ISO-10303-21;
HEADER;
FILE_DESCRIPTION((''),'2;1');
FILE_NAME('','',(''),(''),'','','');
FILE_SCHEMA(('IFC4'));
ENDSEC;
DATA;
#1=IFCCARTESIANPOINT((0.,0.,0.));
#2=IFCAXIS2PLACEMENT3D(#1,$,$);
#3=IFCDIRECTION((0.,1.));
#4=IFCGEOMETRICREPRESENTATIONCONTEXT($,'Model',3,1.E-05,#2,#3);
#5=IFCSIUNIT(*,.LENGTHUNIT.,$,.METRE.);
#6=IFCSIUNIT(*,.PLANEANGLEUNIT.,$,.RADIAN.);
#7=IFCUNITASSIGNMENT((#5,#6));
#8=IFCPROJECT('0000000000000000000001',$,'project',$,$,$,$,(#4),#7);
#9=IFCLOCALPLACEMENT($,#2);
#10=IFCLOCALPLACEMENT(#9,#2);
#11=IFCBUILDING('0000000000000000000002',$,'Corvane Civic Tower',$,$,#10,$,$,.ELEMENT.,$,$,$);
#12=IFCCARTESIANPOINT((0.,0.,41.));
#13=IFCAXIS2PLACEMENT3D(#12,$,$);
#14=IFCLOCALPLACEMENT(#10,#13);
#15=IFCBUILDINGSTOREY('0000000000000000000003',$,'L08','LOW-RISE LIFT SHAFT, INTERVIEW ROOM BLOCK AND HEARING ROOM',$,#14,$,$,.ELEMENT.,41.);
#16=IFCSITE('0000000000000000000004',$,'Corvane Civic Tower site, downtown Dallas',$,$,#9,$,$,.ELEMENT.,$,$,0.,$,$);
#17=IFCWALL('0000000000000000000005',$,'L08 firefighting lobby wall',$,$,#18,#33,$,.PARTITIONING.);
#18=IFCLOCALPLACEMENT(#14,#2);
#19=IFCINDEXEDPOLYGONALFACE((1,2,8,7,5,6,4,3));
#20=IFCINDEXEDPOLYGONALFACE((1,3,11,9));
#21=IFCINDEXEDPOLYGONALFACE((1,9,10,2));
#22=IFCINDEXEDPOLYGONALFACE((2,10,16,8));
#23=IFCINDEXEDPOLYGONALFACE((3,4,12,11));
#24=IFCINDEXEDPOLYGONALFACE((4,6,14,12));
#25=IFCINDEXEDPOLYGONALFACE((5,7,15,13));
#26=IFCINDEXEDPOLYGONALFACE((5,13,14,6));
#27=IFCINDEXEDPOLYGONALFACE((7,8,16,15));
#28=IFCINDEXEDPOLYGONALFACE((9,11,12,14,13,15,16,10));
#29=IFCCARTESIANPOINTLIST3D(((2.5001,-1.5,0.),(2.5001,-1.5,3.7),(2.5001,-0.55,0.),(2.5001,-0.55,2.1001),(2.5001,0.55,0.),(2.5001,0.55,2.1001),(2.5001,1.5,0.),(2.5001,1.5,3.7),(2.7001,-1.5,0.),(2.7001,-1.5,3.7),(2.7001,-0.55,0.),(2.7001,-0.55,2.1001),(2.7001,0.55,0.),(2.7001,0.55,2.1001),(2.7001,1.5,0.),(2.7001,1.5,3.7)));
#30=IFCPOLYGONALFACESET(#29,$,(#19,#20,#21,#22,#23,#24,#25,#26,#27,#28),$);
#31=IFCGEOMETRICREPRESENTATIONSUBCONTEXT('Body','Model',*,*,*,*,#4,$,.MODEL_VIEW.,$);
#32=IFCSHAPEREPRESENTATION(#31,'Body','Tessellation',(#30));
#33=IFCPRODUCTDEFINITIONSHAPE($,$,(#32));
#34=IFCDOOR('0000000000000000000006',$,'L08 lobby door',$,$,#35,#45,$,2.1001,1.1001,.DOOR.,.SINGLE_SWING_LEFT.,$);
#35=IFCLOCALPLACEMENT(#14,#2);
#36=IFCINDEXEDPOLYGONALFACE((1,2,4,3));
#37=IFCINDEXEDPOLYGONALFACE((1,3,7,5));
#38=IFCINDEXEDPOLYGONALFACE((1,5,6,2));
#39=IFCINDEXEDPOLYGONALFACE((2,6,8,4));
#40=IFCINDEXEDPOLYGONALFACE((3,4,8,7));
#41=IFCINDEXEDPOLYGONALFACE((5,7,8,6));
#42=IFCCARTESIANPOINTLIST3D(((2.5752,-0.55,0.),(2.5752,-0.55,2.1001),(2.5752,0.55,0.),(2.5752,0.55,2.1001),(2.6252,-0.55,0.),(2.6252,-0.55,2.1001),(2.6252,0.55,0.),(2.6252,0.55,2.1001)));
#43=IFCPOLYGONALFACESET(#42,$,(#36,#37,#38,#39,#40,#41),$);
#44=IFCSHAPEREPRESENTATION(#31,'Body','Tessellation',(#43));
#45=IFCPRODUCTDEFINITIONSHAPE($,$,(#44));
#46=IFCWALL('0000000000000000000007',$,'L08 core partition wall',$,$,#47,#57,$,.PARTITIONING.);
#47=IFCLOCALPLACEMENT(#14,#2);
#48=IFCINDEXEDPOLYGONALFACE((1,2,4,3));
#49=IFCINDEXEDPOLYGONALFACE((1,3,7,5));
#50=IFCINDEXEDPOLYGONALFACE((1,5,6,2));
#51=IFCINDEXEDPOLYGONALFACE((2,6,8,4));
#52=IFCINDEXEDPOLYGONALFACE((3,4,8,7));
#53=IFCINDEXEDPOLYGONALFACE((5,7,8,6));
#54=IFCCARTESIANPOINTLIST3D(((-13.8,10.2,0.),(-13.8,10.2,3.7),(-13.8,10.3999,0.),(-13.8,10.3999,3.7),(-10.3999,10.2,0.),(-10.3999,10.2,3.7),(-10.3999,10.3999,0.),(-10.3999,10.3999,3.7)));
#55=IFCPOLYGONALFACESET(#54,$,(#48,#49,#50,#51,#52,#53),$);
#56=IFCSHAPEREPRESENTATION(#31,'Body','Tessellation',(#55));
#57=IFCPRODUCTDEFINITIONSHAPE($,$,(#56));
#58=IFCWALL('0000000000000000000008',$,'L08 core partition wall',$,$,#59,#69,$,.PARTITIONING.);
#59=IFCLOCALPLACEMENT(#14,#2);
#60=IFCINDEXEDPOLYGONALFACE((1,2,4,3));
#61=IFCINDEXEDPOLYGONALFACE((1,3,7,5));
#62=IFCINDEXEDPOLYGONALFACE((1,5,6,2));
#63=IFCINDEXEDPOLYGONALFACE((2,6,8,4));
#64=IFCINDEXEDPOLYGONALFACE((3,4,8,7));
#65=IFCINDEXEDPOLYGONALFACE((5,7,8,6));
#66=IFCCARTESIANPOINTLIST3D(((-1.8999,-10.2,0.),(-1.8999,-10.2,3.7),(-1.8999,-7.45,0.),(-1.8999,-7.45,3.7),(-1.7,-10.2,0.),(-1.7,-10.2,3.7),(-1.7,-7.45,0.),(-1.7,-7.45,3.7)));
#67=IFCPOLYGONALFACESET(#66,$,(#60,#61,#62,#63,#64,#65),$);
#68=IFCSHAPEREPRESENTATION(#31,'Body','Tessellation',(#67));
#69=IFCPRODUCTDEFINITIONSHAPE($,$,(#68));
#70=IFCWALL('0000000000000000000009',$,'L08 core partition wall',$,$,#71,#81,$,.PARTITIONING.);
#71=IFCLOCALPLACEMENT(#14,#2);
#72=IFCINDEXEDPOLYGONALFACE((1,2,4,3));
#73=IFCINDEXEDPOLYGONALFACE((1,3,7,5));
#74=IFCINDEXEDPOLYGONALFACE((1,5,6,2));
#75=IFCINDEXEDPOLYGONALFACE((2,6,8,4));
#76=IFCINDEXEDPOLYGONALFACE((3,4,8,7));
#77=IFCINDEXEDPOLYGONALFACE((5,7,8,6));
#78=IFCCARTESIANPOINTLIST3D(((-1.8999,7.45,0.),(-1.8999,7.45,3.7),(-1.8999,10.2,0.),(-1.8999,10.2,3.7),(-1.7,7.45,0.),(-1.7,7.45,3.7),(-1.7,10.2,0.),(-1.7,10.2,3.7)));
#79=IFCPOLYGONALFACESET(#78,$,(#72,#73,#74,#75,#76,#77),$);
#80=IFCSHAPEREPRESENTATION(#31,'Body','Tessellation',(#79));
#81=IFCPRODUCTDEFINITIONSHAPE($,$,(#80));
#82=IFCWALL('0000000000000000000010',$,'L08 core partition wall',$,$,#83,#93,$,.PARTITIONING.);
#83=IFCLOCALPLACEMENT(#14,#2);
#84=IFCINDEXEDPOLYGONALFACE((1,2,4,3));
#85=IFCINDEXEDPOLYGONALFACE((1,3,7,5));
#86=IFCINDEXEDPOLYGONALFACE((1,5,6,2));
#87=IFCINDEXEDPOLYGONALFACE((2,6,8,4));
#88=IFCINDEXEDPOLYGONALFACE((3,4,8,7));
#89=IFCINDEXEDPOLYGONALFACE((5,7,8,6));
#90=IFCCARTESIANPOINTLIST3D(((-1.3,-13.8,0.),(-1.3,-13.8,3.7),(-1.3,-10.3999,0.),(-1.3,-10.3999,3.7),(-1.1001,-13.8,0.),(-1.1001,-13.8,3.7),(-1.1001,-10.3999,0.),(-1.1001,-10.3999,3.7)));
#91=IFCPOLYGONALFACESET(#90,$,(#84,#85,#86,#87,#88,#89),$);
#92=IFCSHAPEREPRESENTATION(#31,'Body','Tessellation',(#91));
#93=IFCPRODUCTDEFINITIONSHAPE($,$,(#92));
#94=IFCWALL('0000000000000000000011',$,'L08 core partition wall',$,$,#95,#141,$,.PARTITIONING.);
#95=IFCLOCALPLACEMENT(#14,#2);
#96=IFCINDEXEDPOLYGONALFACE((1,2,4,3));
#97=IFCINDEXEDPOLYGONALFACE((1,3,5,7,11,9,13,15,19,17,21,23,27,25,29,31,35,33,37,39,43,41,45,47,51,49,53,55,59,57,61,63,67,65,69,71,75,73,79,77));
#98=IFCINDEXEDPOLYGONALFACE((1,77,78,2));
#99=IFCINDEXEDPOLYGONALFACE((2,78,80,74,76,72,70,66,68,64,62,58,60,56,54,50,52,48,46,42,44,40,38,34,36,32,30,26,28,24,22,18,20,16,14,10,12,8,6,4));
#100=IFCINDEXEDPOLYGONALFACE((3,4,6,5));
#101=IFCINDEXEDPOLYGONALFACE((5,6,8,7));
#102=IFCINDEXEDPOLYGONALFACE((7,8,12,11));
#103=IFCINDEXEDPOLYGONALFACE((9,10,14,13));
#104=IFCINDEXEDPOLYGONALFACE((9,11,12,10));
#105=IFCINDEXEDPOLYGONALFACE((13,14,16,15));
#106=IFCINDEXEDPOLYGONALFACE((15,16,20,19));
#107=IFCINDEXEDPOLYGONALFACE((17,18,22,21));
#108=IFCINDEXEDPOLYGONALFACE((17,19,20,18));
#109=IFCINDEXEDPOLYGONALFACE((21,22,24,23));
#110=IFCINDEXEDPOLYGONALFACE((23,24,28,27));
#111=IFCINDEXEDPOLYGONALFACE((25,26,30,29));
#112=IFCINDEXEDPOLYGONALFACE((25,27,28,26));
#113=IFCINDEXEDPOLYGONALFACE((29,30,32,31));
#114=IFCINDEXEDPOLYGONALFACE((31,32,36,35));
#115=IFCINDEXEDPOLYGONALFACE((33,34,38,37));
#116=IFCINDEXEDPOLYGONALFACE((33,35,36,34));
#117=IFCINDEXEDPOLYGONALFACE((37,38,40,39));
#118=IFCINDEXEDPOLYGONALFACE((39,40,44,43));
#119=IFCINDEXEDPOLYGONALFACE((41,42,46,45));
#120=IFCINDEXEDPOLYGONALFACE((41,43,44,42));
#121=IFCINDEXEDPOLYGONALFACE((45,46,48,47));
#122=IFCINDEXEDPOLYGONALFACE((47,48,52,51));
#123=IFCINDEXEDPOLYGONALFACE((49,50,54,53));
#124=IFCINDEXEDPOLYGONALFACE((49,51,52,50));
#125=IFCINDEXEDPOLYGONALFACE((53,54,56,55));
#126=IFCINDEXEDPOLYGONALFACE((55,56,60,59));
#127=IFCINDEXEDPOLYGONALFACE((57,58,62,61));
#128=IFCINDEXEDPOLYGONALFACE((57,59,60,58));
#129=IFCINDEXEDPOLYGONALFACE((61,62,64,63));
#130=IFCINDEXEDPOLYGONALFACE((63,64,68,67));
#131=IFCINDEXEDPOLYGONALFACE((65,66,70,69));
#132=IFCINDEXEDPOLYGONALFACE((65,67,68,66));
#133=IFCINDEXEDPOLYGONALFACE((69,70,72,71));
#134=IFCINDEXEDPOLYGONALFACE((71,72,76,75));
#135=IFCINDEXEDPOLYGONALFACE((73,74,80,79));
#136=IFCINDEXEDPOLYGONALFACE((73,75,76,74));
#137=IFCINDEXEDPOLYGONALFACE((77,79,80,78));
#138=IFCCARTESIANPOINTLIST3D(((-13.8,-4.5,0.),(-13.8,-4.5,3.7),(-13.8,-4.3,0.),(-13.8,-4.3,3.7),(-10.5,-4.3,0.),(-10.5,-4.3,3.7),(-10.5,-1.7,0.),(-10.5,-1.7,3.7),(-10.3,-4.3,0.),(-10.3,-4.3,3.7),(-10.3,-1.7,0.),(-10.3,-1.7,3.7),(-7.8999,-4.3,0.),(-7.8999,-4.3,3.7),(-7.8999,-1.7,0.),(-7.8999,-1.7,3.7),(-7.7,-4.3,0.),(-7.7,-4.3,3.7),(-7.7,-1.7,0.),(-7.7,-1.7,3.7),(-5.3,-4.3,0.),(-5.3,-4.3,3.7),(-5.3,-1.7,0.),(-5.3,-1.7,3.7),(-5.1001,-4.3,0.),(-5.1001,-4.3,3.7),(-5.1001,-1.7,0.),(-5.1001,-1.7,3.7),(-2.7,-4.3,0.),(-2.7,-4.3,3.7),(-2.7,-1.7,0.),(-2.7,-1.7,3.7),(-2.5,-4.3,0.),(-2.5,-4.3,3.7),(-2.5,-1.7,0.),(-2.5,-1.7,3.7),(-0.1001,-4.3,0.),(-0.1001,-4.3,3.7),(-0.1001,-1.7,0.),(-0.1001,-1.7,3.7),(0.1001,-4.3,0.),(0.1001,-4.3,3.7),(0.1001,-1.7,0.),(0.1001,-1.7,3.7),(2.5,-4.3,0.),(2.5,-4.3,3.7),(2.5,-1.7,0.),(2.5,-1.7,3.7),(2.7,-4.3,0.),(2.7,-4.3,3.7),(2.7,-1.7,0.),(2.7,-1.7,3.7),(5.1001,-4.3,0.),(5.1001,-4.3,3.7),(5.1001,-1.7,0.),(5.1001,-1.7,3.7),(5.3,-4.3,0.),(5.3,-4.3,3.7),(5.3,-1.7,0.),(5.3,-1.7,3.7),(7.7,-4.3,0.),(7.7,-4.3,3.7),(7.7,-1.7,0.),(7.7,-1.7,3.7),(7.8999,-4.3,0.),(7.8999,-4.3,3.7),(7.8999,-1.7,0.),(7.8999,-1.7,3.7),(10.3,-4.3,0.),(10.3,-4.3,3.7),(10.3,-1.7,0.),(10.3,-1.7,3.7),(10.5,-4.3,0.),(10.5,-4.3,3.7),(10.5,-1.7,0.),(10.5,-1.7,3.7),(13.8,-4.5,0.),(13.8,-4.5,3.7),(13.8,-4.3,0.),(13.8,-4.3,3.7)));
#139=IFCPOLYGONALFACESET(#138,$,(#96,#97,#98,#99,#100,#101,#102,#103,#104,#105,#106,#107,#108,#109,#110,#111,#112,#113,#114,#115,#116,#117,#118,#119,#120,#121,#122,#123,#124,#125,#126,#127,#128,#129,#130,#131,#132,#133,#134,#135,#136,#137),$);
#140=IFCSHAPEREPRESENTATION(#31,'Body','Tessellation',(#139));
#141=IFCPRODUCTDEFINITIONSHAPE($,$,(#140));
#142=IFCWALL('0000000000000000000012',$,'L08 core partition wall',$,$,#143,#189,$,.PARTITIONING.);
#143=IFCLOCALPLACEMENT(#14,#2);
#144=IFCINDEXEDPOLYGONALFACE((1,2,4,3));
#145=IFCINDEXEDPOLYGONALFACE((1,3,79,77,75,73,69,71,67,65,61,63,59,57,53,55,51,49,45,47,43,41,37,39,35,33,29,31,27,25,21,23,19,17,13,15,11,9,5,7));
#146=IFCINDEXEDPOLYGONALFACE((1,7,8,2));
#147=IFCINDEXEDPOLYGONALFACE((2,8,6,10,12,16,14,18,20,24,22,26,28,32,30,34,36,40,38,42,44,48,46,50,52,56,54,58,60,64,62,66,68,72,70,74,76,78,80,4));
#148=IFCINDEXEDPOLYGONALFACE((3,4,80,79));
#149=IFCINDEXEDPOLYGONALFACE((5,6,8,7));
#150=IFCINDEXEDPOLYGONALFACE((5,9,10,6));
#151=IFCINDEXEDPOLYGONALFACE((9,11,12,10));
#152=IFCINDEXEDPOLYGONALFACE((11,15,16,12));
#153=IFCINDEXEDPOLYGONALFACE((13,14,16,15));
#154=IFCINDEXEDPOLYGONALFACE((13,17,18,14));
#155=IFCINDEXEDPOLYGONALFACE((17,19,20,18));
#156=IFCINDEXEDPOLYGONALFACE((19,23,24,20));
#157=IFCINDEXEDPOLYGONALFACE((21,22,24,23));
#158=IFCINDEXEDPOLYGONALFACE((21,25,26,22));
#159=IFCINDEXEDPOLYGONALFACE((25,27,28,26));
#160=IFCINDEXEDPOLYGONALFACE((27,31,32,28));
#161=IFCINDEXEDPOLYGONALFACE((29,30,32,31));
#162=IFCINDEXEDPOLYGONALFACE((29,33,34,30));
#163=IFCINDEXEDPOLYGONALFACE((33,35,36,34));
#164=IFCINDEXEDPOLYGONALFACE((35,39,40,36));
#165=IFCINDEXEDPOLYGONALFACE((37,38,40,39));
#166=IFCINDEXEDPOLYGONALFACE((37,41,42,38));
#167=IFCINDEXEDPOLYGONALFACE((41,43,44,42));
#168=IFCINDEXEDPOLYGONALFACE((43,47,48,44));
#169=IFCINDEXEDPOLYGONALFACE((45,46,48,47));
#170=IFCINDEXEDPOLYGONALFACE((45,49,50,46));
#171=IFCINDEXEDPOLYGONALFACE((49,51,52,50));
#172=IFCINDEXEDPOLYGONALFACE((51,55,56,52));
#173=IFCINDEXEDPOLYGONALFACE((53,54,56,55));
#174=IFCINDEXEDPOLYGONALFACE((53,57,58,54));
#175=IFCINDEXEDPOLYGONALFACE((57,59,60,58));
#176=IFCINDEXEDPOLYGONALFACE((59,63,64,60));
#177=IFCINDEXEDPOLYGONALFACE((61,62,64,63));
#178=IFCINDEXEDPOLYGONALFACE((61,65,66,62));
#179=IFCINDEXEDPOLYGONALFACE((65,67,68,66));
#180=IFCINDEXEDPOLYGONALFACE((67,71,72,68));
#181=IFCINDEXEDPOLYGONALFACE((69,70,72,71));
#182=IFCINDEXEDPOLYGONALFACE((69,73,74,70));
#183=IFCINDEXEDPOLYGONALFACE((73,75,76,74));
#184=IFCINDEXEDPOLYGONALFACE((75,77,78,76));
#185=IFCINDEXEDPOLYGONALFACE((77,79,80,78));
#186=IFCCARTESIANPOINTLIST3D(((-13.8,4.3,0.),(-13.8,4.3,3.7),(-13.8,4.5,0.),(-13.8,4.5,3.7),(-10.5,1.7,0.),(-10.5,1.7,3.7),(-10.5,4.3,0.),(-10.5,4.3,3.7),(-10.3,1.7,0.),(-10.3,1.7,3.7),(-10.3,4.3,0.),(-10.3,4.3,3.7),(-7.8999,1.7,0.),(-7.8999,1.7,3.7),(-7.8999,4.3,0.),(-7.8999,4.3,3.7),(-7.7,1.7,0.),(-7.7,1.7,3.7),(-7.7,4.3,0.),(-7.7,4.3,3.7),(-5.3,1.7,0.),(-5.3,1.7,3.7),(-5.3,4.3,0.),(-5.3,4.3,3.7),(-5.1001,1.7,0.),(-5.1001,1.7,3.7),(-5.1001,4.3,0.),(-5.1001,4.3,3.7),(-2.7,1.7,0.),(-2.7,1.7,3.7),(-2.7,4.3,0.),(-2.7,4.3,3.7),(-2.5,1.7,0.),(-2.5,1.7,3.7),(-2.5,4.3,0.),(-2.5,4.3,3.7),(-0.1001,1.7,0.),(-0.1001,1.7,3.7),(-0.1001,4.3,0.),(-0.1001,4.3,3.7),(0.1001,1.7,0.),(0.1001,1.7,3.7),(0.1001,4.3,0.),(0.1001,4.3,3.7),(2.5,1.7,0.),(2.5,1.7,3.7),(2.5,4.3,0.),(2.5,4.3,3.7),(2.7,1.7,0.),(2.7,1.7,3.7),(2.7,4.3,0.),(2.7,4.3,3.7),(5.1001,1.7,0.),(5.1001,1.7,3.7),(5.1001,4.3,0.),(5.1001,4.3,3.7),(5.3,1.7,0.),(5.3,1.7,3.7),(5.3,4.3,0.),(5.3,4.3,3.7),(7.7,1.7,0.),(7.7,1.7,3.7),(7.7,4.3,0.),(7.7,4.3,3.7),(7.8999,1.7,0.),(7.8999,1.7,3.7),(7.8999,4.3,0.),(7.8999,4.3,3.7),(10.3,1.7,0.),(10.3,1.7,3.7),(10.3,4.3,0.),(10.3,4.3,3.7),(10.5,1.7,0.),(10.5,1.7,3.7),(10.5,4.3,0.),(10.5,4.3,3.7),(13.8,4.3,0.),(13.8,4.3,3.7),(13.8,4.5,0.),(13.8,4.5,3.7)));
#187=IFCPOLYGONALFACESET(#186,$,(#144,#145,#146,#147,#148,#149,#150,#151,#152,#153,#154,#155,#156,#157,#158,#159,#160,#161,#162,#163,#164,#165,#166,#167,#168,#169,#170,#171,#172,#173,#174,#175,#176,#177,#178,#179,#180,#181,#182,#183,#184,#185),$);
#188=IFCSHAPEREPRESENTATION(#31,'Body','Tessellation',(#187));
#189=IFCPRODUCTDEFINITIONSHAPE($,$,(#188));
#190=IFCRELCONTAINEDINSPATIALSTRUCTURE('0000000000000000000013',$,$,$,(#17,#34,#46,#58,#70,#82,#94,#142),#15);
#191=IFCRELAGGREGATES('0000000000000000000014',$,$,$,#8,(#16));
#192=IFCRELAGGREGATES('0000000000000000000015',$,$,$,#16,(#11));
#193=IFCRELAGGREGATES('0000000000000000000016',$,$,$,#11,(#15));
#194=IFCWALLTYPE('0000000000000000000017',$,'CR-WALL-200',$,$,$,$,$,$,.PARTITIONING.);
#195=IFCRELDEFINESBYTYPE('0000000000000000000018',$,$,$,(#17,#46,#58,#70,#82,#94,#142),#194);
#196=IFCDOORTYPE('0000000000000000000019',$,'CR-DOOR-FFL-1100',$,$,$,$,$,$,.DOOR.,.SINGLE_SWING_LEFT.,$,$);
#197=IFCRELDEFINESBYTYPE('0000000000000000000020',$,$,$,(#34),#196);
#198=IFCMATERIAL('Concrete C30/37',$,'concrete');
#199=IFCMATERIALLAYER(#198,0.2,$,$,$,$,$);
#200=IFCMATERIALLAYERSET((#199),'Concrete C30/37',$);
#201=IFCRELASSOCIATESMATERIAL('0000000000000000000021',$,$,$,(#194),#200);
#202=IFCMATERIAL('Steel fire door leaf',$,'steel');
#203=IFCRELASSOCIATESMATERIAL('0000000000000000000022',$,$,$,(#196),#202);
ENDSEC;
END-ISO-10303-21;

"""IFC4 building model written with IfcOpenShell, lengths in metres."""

from ifc_helpers import new_model, si_unit, direction, frame, frame_2d, origin, place, context, subcontext, project, spatial, polyline, rectangle, outline, extrude, material, layer, layer_set, type_object, element, fill, save


model = new_model("IFC4")

# Units and contexts
model_context = context("Model", 3, precision=1e-05, world=origin(), true_north=direction((0.0, 1.0)))
body_context = subcontext(model_context, "Body", "Model", "MODEL_VIEW")
ifc_project = project(units=[si_unit("LENGTHUNIT", "METRE"), si_unit("PLANEANGLEUNIT", "RADIAN")], contexts=[model_context])

# Site, building, storey
site_placement = place(None, origin())
site = spatial("IfcSite", under=ifc_project, at=site_placement, Name="Corvane Civic Tower site, downtown Dallas", CompositionType="ELEMENT", RefElevation=0.0)
building_placement = place(site_placement, origin())
building = spatial("IfcBuilding", under=site, at=building_placement, Name="Corvane Civic Tower", CompositionType="ELEMENT")
storey_placement = place(building_placement, frame((0.0, 0.0, 41.0)))
storey = spatial("IfcBuildingStorey", under=building, at=storey_placement, Name="L08", Description="LOW-RISE LIFT SHAFT, INTERVIEW ROOM BLOCK AND HEARING ROOM", CompositionType="ELEMENT", Elevation=41.0)

# Wall, opening, door
ifc_material_1 = material(Name="Concrete C30/37", Category="concrete")
ifc_layer_1 = layer(ifc_material_1, 0.2)
ifc_layer_set_1 = layer_set([ifc_layer_1], Name="Concrete C30/37")
wall_type_1 = type_object("IfcWallType", Name="CR-WALL-200", PredefinedType="PARTITIONING", material=ifc_layer_set_1)
wall_1_placement = place(storey_placement, frame((2.6001, -1.5, 0.0), z_axis=(0.0, 0.0, 1.0), x_axis=(0.0, 1.0, 0.0)))
wall_1 = element("IfcWall", 1, at=wall_1_placement, inside=storey, type_object=wall_type_1, Name="L08 firefighting lobby wall", PredefinedType="PARTITIONING", context=body_context, shape_type="SweptSolid", body=[
    extrude(rectangle(XDim=3.0, YDim=0.2, at=frame_2d((1.5, 0.0))), origin(), (0.0, 0.0, 1.0), 3.7),
])
opening_1_placement = place(wall_1_placement, frame((0.95, 0.0, 0.0)))
opening_1 = element("IfcOpeningElement", 2, at=opening_1_placement, cuts=wall_1, PredefinedType="OPENING", context=body_context, shape_type="SweptSolid", body=[
    extrude(rectangle(XDim=1.1001, YDim=2.1001, at=frame_2d((0.55, 1.05))), frame((0.0, 0.1099, 0.0), z_axis=(0.0, -1.0, 0.0), x_axis=(1.0, 0.0, 0.0)), (0.0, 0.0, 1.0), 0.22),
])
ifc_material_2 = material(Name="Steel fire door leaf", Category="steel")
door_type_1 = type_object("IfcDoorType", Name="CR-DOOR-FFL-1100", OperationType="SINGLE_SWING_LEFT", PredefinedType="DOOR", material=ifc_material_2)
door_1_placement = place(opening_1_placement, origin())
door_1 = element("IfcDoor", 3, at=door_1_placement, inside=storey, type_object=door_type_1, Name="L08 lobby door", OperationType="SINGLE_SWING_LEFT", OverallHeight=2.1001, OverallWidth=1.1001, PredefinedType="DOOR", context=body_context, shape_type="SweptSolid", body=[
    extrude(rectangle(XDim=1.1001, YDim=2.1001, at=frame_2d((0.55, 1.05))), frame((0.0, 0.0249, 0.0), z_axis=(0.0, -1.0, 0.0), x_axis=(1.0, 0.0, 0.0)), (0.0, 0.0, 1.0), 0.05),
])
fill(opening_1, door_1)

# Walls
wall_2_placement = place(storey_placement, origin())
element("IfcWall", 4, at=wall_2_placement, inside=storey, type_object=wall_type_1, Name="L08 core partition wall", PredefinedType="PARTITIONING", context=body_context, shape_type="SweptSolid", body=[
    extrude(outline(polyline([(-13.8, 10.2), (-13.8, 10.3999), (-10.3999, 10.3999), (-10.3999, 10.2), (-13.8, 10.2)])), origin(), (0.0, 0.0, 1.0), 3.7),
])
wall_3_placement = place(storey_placement, origin())
element("IfcWall", 5, at=wall_3_placement, inside=storey, type_object=wall_type_1, Name="L08 core partition wall", PredefinedType="PARTITIONING", context=body_context, shape_type="SweptSolid", body=[
    extrude(outline(polyline([(-1.7, -7.45), (-1.7, -10.2), (-1.8999, -10.2), (-1.8999, -7.45), (-1.7, -7.45)])), origin(), (0.0, 0.0, 1.0), 3.7),
])
wall_4_placement = place(storey_placement, origin())
element("IfcWall", 6, at=wall_4_placement, inside=storey, type_object=wall_type_1, Name="L08 core partition wall", PredefinedType="PARTITIONING", context=body_context, shape_type="SweptSolid", body=[
    extrude(outline(polyline([(-1.7, 10.2), (-1.7, 7.45), (-1.8999, 7.45), (-1.8999, 10.2), (-1.7, 10.2)])), origin(), (0.0, 0.0, 1.0), 3.7),
])
wall_5_placement = place(storey_placement, origin())
element("IfcWall", 7, at=wall_5_placement, inside=storey, type_object=wall_type_1, Name="L08 core partition wall", PredefinedType="PARTITIONING", context=body_context, shape_type="SweptSolid", body=[
    extrude(outline(polyline([(-1.1001, -13.8), (-1.3, -13.8), (-1.3, -10.3999), (-1.1001, -10.3999), (-1.1001, -13.8)])), origin(), (0.0, 0.0, 1.0), 3.7),
])
wall_6_placement = place(storey_placement, origin())
element("IfcWall", 8, at=wall_6_placement, inside=storey, type_object=wall_type_1, Name="L08 core partition wall", PredefinedType="PARTITIONING", context=body_context, shape_type="SweptSolid", body=[
    extrude(outline(polyline([(-10.3, -1.7), (-10.3, -4.3), (-7.8999, -4.3), (-7.8999, -1.7), (-7.7, -1.7), (-7.7, -4.3), (-5.3, -4.3), (-5.3, -1.7), (-5.1001, -1.7), (-5.1001, -4.3), (-2.7, -4.3), (-2.7, -1.7), (-2.5, -1.7), (-2.5, -4.3), (-0.1001, -4.3), (-0.1001, -1.7), (0.1001, -1.7), (0.1001, -4.3), (2.5, -4.3), (2.5, -1.7), (2.7, -1.7), (2.7, -4.3), (5.1001, -4.3), (5.1001, -1.7), (5.3, -1.7), (5.3, -4.3), (7.7, -4.3), (7.7, -1.7), (7.8999, -1.7), (7.8999, -4.3), (10.3, -4.3), (10.3, -1.7), (10.5, -1.7), (10.5, -4.3), (13.8, -4.3), (13.8, -4.5), (-13.8, -4.5), (-13.8, -4.3), (-10.5, -4.3), (-10.5, -1.7), (-10.3, -1.7)])), origin(), (0.0, 0.0, 1.0), 3.7),
])
wall_7_placement = place(storey_placement, origin())
element("IfcWall", 9, at=wall_7_placement, inside=storey, type_object=wall_type_1, Name="L08 core partition wall", PredefinedType="PARTITIONING", context=body_context, shape_type="SweptSolid", body=[
    extrude(outline(polyline([(-10.3, 1.7), (-10.5, 1.7), (-10.5, 4.3), (-13.8, 4.3), (-13.8, 4.5), (13.8, 4.5), (13.8, 4.3), (10.5, 4.3), (10.5, 1.7), (10.3, 1.7), (10.3, 4.3), (7.8999, 4.3), (7.8999, 1.7), (7.7, 1.7), (7.7, 4.3), (5.3, 4.3), (5.3, 1.7), (5.1001, 1.7), (5.1001, 4.3), (2.7, 4.3), (2.7, 1.7), (2.5, 1.7), (2.5, 4.3), (0.1001, 4.3), (0.1001, 1.7), (-0.1001, 1.7), (-0.1001, 4.3), (-2.5, 4.3), (-2.5, 1.7), (-2.7, 1.7), (-2.7, 4.3), (-5.1001, 4.3), (-5.1001, 1.7), (-5.3, 1.7), (-5.3, 4.3), (-7.7, 4.3), (-7.7, 1.7), (-7.8999, 1.7), (-7.8999, 4.3), (-10.3, 4.3), (-10.3, 1.7)])), origin(), (0.0, 0.0, 1.0), 3.7),
])

save(model, "model.ifc")
